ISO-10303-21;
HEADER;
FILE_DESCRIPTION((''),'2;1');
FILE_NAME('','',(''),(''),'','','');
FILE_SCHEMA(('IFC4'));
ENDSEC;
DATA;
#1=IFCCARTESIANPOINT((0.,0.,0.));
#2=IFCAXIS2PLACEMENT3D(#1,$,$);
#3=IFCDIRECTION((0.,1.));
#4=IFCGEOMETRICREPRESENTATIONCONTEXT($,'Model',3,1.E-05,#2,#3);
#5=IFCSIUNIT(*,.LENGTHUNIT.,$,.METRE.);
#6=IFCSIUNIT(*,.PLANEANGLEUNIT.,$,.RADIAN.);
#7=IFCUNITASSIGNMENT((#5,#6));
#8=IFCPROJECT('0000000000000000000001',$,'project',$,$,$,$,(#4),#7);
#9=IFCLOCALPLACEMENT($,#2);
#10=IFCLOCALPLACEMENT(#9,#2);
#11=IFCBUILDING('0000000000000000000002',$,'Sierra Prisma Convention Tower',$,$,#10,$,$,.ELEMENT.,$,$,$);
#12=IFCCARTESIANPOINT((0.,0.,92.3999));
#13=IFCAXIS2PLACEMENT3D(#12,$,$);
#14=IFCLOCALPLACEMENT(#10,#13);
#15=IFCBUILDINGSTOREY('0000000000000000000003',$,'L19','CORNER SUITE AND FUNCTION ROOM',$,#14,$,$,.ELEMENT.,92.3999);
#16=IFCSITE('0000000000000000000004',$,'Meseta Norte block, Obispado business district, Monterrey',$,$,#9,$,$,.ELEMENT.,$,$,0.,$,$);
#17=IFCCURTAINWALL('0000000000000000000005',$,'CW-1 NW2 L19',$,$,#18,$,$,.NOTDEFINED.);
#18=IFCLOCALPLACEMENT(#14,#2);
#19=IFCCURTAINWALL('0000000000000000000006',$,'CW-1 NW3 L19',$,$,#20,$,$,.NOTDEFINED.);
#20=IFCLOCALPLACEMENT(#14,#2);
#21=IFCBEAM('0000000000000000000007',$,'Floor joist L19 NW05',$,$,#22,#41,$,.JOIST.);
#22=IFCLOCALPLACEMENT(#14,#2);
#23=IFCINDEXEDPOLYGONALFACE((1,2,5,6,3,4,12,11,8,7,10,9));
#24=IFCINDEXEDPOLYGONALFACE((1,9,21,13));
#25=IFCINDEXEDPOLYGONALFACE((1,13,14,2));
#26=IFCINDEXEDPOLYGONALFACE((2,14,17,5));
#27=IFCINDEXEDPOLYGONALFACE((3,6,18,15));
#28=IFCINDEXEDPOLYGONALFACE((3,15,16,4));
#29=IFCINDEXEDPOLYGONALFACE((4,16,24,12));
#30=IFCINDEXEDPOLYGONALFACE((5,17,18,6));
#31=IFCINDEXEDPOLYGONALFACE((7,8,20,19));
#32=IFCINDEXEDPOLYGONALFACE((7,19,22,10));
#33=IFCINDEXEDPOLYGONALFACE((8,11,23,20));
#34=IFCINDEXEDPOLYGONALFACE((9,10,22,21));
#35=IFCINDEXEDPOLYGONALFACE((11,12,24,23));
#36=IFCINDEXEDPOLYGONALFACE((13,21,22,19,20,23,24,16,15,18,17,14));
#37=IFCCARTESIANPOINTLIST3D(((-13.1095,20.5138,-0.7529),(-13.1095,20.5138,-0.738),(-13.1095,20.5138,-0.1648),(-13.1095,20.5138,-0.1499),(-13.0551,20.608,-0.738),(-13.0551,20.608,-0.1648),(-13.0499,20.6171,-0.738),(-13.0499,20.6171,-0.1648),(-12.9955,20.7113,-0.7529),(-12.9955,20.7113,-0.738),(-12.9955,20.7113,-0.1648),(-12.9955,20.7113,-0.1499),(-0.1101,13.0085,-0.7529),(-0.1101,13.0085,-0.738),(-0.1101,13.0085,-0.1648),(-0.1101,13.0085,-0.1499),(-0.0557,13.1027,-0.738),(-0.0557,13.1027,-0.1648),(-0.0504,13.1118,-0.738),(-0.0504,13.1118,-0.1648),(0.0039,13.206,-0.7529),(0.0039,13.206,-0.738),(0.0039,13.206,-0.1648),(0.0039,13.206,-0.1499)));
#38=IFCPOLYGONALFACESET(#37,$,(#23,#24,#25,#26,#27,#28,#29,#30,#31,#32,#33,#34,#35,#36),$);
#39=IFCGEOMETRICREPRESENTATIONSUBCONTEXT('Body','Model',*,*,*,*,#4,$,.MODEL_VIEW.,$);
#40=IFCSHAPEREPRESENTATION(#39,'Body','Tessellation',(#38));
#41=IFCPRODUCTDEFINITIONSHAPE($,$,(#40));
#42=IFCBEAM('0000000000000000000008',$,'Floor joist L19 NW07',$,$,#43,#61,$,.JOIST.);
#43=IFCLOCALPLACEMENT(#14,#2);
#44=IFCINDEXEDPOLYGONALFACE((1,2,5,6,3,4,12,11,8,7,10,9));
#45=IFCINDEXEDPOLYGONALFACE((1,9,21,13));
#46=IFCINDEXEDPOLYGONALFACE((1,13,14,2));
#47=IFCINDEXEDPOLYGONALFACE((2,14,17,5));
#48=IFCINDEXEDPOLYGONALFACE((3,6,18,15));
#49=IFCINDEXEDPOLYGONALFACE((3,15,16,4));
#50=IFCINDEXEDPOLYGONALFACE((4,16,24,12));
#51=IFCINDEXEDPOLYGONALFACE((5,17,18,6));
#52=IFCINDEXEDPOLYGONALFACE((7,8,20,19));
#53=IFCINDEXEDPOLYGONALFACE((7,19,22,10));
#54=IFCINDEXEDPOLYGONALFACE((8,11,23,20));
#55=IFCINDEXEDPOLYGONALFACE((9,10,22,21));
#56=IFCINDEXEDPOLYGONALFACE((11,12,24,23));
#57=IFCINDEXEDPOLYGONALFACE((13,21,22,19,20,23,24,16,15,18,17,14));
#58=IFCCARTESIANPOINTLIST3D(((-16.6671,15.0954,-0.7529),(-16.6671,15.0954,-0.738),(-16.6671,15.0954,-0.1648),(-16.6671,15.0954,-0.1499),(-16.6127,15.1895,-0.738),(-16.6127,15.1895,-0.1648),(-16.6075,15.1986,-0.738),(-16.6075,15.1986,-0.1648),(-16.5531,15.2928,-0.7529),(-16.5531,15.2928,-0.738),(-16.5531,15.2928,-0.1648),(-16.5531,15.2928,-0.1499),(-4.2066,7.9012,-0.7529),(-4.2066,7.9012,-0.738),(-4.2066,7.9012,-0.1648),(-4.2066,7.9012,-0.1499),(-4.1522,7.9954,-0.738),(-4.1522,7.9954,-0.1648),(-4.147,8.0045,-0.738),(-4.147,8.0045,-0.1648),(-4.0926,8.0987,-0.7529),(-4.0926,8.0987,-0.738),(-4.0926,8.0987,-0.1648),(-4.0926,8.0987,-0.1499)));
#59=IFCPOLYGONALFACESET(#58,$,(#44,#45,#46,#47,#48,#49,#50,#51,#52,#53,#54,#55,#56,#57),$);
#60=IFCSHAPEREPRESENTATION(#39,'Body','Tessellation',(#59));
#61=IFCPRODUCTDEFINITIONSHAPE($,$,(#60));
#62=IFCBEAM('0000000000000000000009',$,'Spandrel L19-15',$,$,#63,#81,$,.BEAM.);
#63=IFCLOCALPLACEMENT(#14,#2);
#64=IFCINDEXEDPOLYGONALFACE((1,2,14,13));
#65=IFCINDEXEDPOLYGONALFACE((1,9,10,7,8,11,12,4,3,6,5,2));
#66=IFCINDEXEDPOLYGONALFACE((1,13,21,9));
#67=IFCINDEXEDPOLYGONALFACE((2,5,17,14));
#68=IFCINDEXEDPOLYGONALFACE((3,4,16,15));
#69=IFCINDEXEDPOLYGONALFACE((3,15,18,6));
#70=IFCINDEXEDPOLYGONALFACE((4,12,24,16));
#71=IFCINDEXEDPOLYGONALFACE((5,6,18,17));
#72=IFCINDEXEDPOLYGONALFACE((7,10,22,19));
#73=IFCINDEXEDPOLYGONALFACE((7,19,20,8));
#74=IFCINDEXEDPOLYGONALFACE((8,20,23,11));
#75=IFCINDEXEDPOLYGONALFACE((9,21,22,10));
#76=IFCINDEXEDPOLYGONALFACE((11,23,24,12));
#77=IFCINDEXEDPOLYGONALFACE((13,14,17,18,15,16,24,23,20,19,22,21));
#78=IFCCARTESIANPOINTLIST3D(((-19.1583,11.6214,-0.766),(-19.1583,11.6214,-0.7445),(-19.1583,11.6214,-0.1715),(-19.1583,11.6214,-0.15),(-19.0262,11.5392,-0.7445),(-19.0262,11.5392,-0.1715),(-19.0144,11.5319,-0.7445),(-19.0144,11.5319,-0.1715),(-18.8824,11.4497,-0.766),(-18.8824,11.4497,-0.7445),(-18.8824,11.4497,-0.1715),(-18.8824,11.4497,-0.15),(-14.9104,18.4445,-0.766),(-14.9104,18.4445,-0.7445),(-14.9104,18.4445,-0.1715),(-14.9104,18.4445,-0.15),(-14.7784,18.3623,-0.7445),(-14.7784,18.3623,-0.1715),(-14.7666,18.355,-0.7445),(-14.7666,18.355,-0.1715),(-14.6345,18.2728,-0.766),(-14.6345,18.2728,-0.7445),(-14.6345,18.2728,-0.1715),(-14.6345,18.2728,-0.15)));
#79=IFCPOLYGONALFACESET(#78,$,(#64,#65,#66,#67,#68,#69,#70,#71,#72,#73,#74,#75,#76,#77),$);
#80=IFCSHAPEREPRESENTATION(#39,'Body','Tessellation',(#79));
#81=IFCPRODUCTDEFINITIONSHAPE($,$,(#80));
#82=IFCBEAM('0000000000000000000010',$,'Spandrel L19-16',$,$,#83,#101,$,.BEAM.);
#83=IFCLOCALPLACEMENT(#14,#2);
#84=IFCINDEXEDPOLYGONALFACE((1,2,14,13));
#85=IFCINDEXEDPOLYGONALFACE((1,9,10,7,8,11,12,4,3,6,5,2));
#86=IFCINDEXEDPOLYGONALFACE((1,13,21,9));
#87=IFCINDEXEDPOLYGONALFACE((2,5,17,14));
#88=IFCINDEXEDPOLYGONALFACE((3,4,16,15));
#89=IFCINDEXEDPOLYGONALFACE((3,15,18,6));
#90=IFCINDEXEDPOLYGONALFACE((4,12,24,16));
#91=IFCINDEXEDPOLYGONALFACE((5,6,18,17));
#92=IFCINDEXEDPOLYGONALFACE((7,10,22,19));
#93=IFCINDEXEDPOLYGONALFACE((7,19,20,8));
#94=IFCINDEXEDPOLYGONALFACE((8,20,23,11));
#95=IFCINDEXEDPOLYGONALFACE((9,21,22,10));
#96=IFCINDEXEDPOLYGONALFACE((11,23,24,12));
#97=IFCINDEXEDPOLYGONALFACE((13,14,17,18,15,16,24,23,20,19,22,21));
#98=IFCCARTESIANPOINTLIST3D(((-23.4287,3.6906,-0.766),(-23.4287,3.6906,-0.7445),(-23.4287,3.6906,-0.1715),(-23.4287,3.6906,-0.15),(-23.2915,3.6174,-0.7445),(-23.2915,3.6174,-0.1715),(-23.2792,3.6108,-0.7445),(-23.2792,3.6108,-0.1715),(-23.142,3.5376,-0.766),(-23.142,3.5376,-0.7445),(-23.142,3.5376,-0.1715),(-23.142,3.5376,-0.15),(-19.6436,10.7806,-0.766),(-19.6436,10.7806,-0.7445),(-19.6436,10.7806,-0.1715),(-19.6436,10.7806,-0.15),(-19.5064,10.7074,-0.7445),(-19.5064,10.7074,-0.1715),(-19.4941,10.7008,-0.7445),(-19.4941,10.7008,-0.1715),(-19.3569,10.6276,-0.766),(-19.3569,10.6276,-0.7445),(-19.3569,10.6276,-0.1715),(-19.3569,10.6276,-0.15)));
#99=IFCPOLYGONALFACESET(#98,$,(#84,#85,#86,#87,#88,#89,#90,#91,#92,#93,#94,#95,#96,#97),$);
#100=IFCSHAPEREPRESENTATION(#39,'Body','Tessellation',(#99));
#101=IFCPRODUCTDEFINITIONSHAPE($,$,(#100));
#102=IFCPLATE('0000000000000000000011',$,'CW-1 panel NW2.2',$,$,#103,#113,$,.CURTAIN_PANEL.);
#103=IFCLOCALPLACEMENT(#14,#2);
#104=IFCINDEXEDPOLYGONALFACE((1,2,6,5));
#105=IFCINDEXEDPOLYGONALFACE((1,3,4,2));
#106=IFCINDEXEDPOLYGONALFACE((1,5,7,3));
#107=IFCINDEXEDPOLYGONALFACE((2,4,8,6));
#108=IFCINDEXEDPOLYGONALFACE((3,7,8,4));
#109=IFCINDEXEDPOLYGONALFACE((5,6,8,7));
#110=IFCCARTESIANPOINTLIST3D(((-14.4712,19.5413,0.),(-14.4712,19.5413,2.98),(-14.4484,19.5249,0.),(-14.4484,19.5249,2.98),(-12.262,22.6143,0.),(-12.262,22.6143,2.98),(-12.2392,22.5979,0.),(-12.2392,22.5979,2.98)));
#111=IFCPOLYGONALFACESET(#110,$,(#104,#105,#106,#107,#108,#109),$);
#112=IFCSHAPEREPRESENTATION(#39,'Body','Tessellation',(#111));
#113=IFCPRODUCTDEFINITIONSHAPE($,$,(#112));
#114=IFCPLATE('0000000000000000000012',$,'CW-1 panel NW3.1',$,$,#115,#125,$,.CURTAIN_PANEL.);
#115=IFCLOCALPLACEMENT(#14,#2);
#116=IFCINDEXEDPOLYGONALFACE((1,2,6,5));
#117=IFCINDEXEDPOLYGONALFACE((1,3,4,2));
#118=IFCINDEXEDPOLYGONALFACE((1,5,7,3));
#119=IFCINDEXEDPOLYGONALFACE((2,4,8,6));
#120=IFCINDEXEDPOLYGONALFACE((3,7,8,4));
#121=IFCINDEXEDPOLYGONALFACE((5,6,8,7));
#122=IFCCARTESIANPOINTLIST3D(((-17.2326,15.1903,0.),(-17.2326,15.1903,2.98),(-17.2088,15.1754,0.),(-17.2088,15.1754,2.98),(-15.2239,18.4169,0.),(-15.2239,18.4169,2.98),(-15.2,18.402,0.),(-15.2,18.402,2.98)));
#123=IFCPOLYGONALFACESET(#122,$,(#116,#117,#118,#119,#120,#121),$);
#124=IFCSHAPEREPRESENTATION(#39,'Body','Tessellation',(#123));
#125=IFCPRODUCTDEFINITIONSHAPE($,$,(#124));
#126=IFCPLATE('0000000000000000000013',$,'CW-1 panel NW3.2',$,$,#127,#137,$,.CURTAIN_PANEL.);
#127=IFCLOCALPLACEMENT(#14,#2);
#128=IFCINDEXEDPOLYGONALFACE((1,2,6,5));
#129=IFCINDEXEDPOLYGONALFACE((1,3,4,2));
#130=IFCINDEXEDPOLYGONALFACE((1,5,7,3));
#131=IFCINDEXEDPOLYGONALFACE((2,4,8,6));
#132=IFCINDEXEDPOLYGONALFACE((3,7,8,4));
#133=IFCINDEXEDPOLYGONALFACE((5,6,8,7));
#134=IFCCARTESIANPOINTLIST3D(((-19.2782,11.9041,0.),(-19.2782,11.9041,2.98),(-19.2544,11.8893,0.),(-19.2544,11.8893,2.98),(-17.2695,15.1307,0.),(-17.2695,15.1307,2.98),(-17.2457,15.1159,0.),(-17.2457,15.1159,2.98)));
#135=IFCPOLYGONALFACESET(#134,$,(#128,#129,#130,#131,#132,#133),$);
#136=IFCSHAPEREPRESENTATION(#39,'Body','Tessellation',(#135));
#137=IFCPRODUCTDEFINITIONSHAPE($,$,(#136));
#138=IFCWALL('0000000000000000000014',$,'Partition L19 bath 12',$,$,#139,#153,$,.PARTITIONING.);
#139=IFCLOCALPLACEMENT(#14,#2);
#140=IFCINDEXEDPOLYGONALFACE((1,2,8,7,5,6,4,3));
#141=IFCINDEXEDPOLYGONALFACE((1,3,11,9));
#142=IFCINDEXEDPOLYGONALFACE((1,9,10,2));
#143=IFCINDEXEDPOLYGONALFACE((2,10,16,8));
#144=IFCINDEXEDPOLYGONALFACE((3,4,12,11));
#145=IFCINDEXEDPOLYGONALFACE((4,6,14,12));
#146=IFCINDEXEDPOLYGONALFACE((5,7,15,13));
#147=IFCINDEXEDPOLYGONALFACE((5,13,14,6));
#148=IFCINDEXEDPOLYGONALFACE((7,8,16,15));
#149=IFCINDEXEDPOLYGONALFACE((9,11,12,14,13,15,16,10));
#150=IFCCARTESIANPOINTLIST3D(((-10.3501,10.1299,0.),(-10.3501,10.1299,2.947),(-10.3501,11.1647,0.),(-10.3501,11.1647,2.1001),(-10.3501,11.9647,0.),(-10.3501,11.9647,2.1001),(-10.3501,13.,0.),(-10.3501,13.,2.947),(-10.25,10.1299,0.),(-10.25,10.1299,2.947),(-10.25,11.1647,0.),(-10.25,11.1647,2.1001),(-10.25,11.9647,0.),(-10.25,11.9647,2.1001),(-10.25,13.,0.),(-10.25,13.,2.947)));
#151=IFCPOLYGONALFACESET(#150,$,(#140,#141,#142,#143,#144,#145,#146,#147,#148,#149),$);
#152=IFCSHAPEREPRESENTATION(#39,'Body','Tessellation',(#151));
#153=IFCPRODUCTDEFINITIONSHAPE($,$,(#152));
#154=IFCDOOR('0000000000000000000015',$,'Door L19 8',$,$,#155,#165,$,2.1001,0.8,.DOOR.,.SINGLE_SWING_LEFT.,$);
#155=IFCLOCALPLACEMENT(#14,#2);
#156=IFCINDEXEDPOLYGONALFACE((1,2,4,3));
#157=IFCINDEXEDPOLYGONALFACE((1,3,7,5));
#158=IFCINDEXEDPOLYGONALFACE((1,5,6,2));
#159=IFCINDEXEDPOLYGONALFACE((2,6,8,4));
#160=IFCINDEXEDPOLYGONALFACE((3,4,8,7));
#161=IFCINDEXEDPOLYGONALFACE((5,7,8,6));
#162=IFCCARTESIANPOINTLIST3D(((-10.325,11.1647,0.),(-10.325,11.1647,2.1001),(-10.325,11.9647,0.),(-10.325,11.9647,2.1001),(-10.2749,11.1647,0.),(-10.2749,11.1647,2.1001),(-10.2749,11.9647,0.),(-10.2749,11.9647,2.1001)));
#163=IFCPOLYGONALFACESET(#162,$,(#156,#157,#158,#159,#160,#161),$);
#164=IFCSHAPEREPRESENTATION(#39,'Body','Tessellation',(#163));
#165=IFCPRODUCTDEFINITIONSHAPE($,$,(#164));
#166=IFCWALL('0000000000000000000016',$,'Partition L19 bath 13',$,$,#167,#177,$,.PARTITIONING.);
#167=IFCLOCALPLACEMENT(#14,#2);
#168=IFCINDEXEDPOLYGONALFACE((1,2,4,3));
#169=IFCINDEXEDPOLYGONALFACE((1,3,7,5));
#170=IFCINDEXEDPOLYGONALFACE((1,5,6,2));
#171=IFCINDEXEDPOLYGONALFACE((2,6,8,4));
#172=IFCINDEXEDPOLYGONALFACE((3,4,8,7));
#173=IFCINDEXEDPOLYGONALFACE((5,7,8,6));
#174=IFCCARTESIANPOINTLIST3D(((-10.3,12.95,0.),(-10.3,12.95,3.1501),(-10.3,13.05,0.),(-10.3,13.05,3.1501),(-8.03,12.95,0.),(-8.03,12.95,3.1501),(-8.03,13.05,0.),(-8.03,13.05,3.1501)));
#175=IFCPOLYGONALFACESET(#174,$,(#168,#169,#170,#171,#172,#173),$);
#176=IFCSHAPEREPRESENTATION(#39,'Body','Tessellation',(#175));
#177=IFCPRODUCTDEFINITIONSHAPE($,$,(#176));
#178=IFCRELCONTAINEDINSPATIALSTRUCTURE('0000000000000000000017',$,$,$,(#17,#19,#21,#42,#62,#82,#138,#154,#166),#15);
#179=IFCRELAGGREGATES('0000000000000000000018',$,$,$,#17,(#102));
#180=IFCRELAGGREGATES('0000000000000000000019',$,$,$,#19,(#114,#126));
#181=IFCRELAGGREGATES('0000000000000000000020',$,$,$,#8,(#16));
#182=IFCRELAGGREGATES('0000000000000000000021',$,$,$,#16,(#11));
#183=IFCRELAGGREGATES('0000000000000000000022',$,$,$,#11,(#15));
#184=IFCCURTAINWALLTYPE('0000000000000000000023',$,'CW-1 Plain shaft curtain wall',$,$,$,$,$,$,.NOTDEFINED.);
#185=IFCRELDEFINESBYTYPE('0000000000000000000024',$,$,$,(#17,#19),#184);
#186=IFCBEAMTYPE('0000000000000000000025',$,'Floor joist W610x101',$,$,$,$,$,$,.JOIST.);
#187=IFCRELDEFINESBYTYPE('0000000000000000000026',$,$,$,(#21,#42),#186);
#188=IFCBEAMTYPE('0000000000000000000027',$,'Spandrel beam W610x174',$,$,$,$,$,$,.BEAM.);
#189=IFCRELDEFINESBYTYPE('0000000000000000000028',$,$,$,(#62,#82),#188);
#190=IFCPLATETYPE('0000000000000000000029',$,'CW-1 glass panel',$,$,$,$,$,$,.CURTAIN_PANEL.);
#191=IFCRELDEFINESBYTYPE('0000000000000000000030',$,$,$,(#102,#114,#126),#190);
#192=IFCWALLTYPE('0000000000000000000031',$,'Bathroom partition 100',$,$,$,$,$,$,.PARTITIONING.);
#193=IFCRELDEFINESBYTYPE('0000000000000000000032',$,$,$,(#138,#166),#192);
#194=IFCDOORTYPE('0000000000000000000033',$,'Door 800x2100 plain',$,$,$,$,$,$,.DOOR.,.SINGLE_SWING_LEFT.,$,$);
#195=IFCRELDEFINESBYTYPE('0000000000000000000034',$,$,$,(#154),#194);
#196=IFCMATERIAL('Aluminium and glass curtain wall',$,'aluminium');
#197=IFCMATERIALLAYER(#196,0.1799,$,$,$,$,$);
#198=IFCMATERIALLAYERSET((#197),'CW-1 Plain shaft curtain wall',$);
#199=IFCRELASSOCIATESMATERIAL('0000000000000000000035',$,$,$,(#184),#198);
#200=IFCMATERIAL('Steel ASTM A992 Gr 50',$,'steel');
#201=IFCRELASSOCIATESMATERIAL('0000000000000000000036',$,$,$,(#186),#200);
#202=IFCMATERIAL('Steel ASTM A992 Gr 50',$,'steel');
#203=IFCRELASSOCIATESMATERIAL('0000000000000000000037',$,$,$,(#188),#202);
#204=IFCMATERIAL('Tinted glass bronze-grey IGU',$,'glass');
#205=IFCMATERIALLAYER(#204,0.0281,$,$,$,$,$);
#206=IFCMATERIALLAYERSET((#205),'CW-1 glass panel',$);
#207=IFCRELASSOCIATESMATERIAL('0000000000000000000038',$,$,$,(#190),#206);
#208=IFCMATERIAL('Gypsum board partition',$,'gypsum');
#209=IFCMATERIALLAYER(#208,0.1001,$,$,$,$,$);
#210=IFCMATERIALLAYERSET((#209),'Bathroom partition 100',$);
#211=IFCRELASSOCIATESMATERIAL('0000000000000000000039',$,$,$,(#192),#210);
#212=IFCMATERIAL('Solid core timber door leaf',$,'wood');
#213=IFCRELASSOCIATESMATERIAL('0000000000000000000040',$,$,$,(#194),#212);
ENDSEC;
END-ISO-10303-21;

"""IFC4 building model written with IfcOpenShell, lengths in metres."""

from ifc_helpers import new_model, si_unit, direction, frame, frame_2d, origin, origin_2d, place, context, subcontext, project, spatial, rectangle, i_section, extrude, material, layer, layer_set, material_profile, profile_set, type_object, element, fill, aggregate, save


model = new_model("IFC4")

# Units and contexts
model_context = context("Model", 3, precision=1e-05, world=origin(), true_north=direction((0.0, 1.0)))
body_context = subcontext(model_context, "Body", "Model", "MODEL_VIEW")
ifc_project = project(units=[si_unit("LENGTHUNIT", "METRE"), si_unit("PLANEANGLEUNIT", "RADIAN")], contexts=[model_context])

# Site, building, storey
site_placement = place(None, origin())
site = spatial("IfcSite", under=ifc_project, at=site_placement, Name="Meseta Norte block, Obispado business district, Monterrey", CompositionType="ELEMENT", RefElevation=0.0)
building_placement = place(site_placement, origin())
building = spatial("IfcBuilding", under=site, at=building_placement, Name="Sierra Prisma Convention Tower", CompositionType="ELEMENT")
storey_placement = place(building_placement, frame((0.0, 0.0, 92.3999)))
storey = spatial("IfcBuildingStorey", under=building, at=storey_placement, Name="L19", Description="CORNER SUITE AND FUNCTION ROOM", CompositionType="ELEMENT", Elevation=92.3999)

# Curtain wall
ifc_material_1 = material(Name="Aluminium and glass curtain wall", Category="aluminium")
ifc_layer_1 = layer(ifc_material_1, 0.1799)
ifc_layer_set_1 = layer_set([ifc_layer_1], Name="CW-1 Plain shaft curtain wall")
curtain_wall_type = type_object("IfcCurtainWallType", Name="CW-1 Plain shaft curtain wall", PredefinedType="NOTDEFINED", material=ifc_layer_set_1)
curtain_wall_1_placement = place(storey_placement, origin())
curtain_wall_1 = element("IfcCurtainWall", 1, at=curtain_wall_1_placement, inside=storey, type_object=curtain_wall_type, Name="CW-1 NW2 L19", PredefinedType="NOTDEFINED")

# Curtain wall
curtain_wall_2_placement = place(storey_placement, origin())
curtain_wall_2 = element("IfcCurtainWall", 2, at=curtain_wall_2_placement, inside=storey, type_object=curtain_wall_type, Name="CW-1 NW3 L19", PredefinedType="NOTDEFINED")

# Beams
ifc_material_2 = material(Name="Steel ASTM A992 Gr 50", Category="steel")
ifc_material_profile_1 = material_profile(ifc_material_2, i_section(OverallWidth=0.228, OverallDepth=0.603, WebThickness=0.0105, FlangeThickness=0.0149, at=origin_2d()), Name="W610x101")
ifc_profile_set_1 = profile_set([ifc_material_profile_1], Name="Steel ASTM A992 Gr 50")
beam_type_1 = type_object("IfcBeamType", Name="Floor joist W610x101", PredefinedType="JOIST", material=ifc_profile_set_1)
beam_1_placement = place(storey_placement, frame((-13.0525, 20.6125, -0.4514), z_axis=(0.866023, -0.500005, 0.0), x_axis=(0.500005, 0.866023, 0.0)))
element("IfcBeam", 3, at=beam_1_placement, inside=storey, type_object=beam_type_1, Name="Floor joist L19 NW05", PredefinedType="JOIST", context=body_context, shape_type="SweptSolid", body=[
    extrude(i_section(OverallWidth=0.228, OverallDepth=0.603, WebThickness=0.0105, FlangeThickness=0.0149, at=origin_2d()), origin(), (0.0, 0.0, 1.0), 15.0105),
])
beam_2_placement = place(storey_placement, frame((-16.6101, 15.1941, -0.4514), z_axis=(0.866024, -0.500003, 0.0), x_axis=(0.500003, 0.866024, 0.0)))
element("IfcBeam", 4, at=beam_2_placement, inside=storey, type_object=beam_type_1, Name="Floor joist L19 NW07", PredefinedType="JOIST", context=body_context, shape_type="SweptSolid", body=[
    extrude(i_section(OverallWidth=0.228, OverallDepth=0.603, WebThickness=0.0105, FlangeThickness=0.0149, at=origin_2d()), origin(), (0.0, 0.0, 1.0), 14.3882),
])
ifc_material_3 = material(Name="Steel ASTM A992 Gr 50", Category="steel")
ifc_material_profile_2 = material_profile(ifc_material_3, i_section(OverallWidth=0.325, OverallDepth=0.616, WebThickness=0.0139, FlangeThickness=0.0215, at=origin_2d()), Name="W610x174")
ifc_profile_set_2 = profile_set([ifc_material_profile_2], Name="Steel ASTM A992 Gr 50")
beam_type_2 = type_object("IfcBeamType", Name="Spandrel beam W610x174", PredefinedType="BEAM", material=ifc_profile_set_2)
beam_3_placement = place(storey_placement, frame((-14.7725, 18.3586, -0.458), z_axis=(-0.528515, -0.848924, 0.0), x_axis=(0.848924, -0.528515, 0.0)))
element("IfcBeam", 5, at=beam_3_placement, inside=storey, type_object=beam_type_2, Name="Spandrel L19-15", PredefinedType="BEAM", context=body_context, shape_type="SweptSolid", body=[
    extrude(i_section(OverallWidth=0.325, OverallDepth=0.616, WebThickness=0.0139, FlangeThickness=0.0215, at=origin_2d()), origin(), (0.0, 0.0, 1.0), 8.0374),
])
beam_4_placement = place(storey_placement, frame((-19.5002, 10.7041, -0.458), z_axis=(-0.470954, -0.882158, 0.0), x_axis=(0.882158, -0.470954, 0.0)))
element("IfcBeam", 6, at=beam_4_placement, inside=storey, type_object=beam_type_2, Name="Spandrel L19-16", PredefinedType="BEAM", context=body_context, shape_type="SweptSolid", body=[
    extrude(i_section(OverallWidth=0.325, OverallDepth=0.616, WebThickness=0.0139, FlangeThickness=0.0215, at=origin_2d()), origin(), (0.0, 0.0, 1.0), 8.0371),
])

# Plates
ifc_material_4 = material(Name="Tinted glass bronze-grey IGU", Category="glass")
ifc_layer_2 = layer(ifc_material_4, 0.0281)
ifc_layer_set_2 = layer_set([ifc_layer_2], Name="CW-1 glass panel")
plate_type = type_object("IfcPlateType", Name="CW-1 glass panel", PredefinedType="CURTAIN_PANEL", material=ifc_layer_set_2)
plate_1_placement = place(storey_placement, frame((-13.3552, 21.0696, 0.0), z_axis=(0.0, 0.0, 1.0), x_axis=(-0.583726, -0.811951, 0.0)))
plate_1 = element("IfcPlate", 7, at=plate_1_placement, type_object=plate_type, Name="CW-1 panel NW2.2", PredefinedType="CURTAIN_PANEL", context=body_context, shape_type="SweptSolid", body=[
    extrude(rectangle(XDim=3.7847, YDim=0.0281, at=origin_2d()), origin(), (0.0, 0.0, 1.0), 2.98),
])
aggregate(curtain_wall_1, [plate_1])
plate_2_placement = place(storey_placement, frame((-16.2163, 16.7961, 0.0), z_axis=(0.0, 0.0, 1.0), x_axis=(-0.528503, -0.848932, 0.0)))
plate_2 = element("IfcPlate", 8, at=plate_2_placement, type_object=plate_type, Name="CW-1 panel NW3.1", PredefinedType="CURTAIN_PANEL", context=body_context, shape_type="SweptSolid", body=[
    extrude(rectangle(XDim=3.8008, YDim=0.0281, at=origin_2d()), origin(), (0.0, 0.0, 1.0), 2.98),
])
plate_3_placement = place(storey_placement, frame((-18.262, 13.51, 0.0), z_axis=(0.0, 0.0, 1.0), x_axis=(-0.528503, -0.848932, 0.0)))
plate_3 = element("IfcPlate", 9, at=plate_3_placement, type_object=plate_type, Name="CW-1 panel NW3.2", PredefinedType="CURTAIN_PANEL", context=body_context, shape_type="SweptSolid", body=[
    extrude(rectangle(XDim=3.8008, YDim=0.0281, at=origin_2d()), origin(), (0.0, 0.0, 1.0), 2.98),
])
aggregate(curtain_wall_2, [plate_2, plate_3])

# Wall, opening, door
ifc_material_5 = material(Name="Gypsum board partition", Category="gypsum")
ifc_layer_3 = layer(ifc_material_5, 0.1001)
ifc_layer_set_3 = layer_set([ifc_layer_3], Name="Bathroom partition 100")
wall_type_1 = type_object("IfcWallType", Name="Bathroom partition 100", PredefinedType="PARTITIONING", material=ifc_layer_set_3)
wall_1_placement = place(storey_placement, frame((-10.3, 10.1299, 0.0), z_axis=(0.0, 0.0, 1.0), x_axis=(0.0, 1.0, 0.0)))
wall_1 = element("IfcWall", 10, at=wall_1_placement, inside=storey, type_object=wall_type_1, Name="Partition L19 bath 12", PredefinedType="PARTITIONING", context=body_context, shape_type="SweptSolid", body=[
    extrude(rectangle(XDim=2.8701, YDim=0.1001, at=frame_2d((1.4351, 0.0))), origin(), (0.0, 0.0, 1.0), 2.947),
])
opening_1_placement = place(wall_1_placement, frame((1.0349, 0.0, 0.0)))
opening_1 = element("IfcOpeningElement", 11, at=opening_1_placement, cuts=wall_1, PredefinedType="OPENING", context=body_context, shape_type="SweptSolid", body=[
    extrude(rectangle(XDim=0.8, YDim=2.1001, at=frame_2d((0.3999, 1.05))), frame((0.0, 0.05, 0.0), z_axis=(0.0, -1.0, 0.0), x_axis=(1.0, 0.0, 0.0)), (0.0, 0.0, 1.0), 0.1001),
])
ifc_material_6 = material(Name="Solid core timber door leaf", Category="wood")
door_type_1 = type_object("IfcDoorType", Name="Door 800x2100 plain", OperationType="SINGLE_SWING_LEFT", PredefinedType="DOOR", material=ifc_material_6)
door_1_placement = place(opening_1_placement, origin())
door_1 = element("IfcDoor", 12, at=door_1_placement, inside=storey, type_object=door_type_1, Name="Door L19 8", OperationType="SINGLE_SWING_LEFT", OverallHeight=2.1001, OverallWidth=0.8, PredefinedType="DOOR", context=body_context, shape_type="SweptSolid", body=[
    extrude(rectangle(XDim=0.8, YDim=2.1001, at=frame_2d((0.3999, 1.05))), frame((0.0, 0.0249, 0.0), z_axis=(0.0, -1.0, 0.0), x_axis=(1.0, 0.0, 0.0)), (0.0, 0.0, 1.0), 0.05),
])
fill(opening_1, door_1)

# Wall
wall_2_placement = place(storey_placement, frame((-10.3, 13.0, 0.0), z_axis=(0.0, 0.0, 1.0), x_axis=(1.0, 0.0, 0.0)))
element("IfcWall", 13, at=wall_2_placement, inside=storey, type_object=wall_type_1, Name="Partition L19 bath 13", PredefinedType="PARTITIONING", context=body_context, shape_type="SweptSolid", body=[
    extrude(rectangle(XDim=2.27, YDim=0.1001, at=frame_2d((1.135, 0.0))), origin(), (0.0, 0.0, 1.0), 3.1501),
])

save(model, "model.ifc")
